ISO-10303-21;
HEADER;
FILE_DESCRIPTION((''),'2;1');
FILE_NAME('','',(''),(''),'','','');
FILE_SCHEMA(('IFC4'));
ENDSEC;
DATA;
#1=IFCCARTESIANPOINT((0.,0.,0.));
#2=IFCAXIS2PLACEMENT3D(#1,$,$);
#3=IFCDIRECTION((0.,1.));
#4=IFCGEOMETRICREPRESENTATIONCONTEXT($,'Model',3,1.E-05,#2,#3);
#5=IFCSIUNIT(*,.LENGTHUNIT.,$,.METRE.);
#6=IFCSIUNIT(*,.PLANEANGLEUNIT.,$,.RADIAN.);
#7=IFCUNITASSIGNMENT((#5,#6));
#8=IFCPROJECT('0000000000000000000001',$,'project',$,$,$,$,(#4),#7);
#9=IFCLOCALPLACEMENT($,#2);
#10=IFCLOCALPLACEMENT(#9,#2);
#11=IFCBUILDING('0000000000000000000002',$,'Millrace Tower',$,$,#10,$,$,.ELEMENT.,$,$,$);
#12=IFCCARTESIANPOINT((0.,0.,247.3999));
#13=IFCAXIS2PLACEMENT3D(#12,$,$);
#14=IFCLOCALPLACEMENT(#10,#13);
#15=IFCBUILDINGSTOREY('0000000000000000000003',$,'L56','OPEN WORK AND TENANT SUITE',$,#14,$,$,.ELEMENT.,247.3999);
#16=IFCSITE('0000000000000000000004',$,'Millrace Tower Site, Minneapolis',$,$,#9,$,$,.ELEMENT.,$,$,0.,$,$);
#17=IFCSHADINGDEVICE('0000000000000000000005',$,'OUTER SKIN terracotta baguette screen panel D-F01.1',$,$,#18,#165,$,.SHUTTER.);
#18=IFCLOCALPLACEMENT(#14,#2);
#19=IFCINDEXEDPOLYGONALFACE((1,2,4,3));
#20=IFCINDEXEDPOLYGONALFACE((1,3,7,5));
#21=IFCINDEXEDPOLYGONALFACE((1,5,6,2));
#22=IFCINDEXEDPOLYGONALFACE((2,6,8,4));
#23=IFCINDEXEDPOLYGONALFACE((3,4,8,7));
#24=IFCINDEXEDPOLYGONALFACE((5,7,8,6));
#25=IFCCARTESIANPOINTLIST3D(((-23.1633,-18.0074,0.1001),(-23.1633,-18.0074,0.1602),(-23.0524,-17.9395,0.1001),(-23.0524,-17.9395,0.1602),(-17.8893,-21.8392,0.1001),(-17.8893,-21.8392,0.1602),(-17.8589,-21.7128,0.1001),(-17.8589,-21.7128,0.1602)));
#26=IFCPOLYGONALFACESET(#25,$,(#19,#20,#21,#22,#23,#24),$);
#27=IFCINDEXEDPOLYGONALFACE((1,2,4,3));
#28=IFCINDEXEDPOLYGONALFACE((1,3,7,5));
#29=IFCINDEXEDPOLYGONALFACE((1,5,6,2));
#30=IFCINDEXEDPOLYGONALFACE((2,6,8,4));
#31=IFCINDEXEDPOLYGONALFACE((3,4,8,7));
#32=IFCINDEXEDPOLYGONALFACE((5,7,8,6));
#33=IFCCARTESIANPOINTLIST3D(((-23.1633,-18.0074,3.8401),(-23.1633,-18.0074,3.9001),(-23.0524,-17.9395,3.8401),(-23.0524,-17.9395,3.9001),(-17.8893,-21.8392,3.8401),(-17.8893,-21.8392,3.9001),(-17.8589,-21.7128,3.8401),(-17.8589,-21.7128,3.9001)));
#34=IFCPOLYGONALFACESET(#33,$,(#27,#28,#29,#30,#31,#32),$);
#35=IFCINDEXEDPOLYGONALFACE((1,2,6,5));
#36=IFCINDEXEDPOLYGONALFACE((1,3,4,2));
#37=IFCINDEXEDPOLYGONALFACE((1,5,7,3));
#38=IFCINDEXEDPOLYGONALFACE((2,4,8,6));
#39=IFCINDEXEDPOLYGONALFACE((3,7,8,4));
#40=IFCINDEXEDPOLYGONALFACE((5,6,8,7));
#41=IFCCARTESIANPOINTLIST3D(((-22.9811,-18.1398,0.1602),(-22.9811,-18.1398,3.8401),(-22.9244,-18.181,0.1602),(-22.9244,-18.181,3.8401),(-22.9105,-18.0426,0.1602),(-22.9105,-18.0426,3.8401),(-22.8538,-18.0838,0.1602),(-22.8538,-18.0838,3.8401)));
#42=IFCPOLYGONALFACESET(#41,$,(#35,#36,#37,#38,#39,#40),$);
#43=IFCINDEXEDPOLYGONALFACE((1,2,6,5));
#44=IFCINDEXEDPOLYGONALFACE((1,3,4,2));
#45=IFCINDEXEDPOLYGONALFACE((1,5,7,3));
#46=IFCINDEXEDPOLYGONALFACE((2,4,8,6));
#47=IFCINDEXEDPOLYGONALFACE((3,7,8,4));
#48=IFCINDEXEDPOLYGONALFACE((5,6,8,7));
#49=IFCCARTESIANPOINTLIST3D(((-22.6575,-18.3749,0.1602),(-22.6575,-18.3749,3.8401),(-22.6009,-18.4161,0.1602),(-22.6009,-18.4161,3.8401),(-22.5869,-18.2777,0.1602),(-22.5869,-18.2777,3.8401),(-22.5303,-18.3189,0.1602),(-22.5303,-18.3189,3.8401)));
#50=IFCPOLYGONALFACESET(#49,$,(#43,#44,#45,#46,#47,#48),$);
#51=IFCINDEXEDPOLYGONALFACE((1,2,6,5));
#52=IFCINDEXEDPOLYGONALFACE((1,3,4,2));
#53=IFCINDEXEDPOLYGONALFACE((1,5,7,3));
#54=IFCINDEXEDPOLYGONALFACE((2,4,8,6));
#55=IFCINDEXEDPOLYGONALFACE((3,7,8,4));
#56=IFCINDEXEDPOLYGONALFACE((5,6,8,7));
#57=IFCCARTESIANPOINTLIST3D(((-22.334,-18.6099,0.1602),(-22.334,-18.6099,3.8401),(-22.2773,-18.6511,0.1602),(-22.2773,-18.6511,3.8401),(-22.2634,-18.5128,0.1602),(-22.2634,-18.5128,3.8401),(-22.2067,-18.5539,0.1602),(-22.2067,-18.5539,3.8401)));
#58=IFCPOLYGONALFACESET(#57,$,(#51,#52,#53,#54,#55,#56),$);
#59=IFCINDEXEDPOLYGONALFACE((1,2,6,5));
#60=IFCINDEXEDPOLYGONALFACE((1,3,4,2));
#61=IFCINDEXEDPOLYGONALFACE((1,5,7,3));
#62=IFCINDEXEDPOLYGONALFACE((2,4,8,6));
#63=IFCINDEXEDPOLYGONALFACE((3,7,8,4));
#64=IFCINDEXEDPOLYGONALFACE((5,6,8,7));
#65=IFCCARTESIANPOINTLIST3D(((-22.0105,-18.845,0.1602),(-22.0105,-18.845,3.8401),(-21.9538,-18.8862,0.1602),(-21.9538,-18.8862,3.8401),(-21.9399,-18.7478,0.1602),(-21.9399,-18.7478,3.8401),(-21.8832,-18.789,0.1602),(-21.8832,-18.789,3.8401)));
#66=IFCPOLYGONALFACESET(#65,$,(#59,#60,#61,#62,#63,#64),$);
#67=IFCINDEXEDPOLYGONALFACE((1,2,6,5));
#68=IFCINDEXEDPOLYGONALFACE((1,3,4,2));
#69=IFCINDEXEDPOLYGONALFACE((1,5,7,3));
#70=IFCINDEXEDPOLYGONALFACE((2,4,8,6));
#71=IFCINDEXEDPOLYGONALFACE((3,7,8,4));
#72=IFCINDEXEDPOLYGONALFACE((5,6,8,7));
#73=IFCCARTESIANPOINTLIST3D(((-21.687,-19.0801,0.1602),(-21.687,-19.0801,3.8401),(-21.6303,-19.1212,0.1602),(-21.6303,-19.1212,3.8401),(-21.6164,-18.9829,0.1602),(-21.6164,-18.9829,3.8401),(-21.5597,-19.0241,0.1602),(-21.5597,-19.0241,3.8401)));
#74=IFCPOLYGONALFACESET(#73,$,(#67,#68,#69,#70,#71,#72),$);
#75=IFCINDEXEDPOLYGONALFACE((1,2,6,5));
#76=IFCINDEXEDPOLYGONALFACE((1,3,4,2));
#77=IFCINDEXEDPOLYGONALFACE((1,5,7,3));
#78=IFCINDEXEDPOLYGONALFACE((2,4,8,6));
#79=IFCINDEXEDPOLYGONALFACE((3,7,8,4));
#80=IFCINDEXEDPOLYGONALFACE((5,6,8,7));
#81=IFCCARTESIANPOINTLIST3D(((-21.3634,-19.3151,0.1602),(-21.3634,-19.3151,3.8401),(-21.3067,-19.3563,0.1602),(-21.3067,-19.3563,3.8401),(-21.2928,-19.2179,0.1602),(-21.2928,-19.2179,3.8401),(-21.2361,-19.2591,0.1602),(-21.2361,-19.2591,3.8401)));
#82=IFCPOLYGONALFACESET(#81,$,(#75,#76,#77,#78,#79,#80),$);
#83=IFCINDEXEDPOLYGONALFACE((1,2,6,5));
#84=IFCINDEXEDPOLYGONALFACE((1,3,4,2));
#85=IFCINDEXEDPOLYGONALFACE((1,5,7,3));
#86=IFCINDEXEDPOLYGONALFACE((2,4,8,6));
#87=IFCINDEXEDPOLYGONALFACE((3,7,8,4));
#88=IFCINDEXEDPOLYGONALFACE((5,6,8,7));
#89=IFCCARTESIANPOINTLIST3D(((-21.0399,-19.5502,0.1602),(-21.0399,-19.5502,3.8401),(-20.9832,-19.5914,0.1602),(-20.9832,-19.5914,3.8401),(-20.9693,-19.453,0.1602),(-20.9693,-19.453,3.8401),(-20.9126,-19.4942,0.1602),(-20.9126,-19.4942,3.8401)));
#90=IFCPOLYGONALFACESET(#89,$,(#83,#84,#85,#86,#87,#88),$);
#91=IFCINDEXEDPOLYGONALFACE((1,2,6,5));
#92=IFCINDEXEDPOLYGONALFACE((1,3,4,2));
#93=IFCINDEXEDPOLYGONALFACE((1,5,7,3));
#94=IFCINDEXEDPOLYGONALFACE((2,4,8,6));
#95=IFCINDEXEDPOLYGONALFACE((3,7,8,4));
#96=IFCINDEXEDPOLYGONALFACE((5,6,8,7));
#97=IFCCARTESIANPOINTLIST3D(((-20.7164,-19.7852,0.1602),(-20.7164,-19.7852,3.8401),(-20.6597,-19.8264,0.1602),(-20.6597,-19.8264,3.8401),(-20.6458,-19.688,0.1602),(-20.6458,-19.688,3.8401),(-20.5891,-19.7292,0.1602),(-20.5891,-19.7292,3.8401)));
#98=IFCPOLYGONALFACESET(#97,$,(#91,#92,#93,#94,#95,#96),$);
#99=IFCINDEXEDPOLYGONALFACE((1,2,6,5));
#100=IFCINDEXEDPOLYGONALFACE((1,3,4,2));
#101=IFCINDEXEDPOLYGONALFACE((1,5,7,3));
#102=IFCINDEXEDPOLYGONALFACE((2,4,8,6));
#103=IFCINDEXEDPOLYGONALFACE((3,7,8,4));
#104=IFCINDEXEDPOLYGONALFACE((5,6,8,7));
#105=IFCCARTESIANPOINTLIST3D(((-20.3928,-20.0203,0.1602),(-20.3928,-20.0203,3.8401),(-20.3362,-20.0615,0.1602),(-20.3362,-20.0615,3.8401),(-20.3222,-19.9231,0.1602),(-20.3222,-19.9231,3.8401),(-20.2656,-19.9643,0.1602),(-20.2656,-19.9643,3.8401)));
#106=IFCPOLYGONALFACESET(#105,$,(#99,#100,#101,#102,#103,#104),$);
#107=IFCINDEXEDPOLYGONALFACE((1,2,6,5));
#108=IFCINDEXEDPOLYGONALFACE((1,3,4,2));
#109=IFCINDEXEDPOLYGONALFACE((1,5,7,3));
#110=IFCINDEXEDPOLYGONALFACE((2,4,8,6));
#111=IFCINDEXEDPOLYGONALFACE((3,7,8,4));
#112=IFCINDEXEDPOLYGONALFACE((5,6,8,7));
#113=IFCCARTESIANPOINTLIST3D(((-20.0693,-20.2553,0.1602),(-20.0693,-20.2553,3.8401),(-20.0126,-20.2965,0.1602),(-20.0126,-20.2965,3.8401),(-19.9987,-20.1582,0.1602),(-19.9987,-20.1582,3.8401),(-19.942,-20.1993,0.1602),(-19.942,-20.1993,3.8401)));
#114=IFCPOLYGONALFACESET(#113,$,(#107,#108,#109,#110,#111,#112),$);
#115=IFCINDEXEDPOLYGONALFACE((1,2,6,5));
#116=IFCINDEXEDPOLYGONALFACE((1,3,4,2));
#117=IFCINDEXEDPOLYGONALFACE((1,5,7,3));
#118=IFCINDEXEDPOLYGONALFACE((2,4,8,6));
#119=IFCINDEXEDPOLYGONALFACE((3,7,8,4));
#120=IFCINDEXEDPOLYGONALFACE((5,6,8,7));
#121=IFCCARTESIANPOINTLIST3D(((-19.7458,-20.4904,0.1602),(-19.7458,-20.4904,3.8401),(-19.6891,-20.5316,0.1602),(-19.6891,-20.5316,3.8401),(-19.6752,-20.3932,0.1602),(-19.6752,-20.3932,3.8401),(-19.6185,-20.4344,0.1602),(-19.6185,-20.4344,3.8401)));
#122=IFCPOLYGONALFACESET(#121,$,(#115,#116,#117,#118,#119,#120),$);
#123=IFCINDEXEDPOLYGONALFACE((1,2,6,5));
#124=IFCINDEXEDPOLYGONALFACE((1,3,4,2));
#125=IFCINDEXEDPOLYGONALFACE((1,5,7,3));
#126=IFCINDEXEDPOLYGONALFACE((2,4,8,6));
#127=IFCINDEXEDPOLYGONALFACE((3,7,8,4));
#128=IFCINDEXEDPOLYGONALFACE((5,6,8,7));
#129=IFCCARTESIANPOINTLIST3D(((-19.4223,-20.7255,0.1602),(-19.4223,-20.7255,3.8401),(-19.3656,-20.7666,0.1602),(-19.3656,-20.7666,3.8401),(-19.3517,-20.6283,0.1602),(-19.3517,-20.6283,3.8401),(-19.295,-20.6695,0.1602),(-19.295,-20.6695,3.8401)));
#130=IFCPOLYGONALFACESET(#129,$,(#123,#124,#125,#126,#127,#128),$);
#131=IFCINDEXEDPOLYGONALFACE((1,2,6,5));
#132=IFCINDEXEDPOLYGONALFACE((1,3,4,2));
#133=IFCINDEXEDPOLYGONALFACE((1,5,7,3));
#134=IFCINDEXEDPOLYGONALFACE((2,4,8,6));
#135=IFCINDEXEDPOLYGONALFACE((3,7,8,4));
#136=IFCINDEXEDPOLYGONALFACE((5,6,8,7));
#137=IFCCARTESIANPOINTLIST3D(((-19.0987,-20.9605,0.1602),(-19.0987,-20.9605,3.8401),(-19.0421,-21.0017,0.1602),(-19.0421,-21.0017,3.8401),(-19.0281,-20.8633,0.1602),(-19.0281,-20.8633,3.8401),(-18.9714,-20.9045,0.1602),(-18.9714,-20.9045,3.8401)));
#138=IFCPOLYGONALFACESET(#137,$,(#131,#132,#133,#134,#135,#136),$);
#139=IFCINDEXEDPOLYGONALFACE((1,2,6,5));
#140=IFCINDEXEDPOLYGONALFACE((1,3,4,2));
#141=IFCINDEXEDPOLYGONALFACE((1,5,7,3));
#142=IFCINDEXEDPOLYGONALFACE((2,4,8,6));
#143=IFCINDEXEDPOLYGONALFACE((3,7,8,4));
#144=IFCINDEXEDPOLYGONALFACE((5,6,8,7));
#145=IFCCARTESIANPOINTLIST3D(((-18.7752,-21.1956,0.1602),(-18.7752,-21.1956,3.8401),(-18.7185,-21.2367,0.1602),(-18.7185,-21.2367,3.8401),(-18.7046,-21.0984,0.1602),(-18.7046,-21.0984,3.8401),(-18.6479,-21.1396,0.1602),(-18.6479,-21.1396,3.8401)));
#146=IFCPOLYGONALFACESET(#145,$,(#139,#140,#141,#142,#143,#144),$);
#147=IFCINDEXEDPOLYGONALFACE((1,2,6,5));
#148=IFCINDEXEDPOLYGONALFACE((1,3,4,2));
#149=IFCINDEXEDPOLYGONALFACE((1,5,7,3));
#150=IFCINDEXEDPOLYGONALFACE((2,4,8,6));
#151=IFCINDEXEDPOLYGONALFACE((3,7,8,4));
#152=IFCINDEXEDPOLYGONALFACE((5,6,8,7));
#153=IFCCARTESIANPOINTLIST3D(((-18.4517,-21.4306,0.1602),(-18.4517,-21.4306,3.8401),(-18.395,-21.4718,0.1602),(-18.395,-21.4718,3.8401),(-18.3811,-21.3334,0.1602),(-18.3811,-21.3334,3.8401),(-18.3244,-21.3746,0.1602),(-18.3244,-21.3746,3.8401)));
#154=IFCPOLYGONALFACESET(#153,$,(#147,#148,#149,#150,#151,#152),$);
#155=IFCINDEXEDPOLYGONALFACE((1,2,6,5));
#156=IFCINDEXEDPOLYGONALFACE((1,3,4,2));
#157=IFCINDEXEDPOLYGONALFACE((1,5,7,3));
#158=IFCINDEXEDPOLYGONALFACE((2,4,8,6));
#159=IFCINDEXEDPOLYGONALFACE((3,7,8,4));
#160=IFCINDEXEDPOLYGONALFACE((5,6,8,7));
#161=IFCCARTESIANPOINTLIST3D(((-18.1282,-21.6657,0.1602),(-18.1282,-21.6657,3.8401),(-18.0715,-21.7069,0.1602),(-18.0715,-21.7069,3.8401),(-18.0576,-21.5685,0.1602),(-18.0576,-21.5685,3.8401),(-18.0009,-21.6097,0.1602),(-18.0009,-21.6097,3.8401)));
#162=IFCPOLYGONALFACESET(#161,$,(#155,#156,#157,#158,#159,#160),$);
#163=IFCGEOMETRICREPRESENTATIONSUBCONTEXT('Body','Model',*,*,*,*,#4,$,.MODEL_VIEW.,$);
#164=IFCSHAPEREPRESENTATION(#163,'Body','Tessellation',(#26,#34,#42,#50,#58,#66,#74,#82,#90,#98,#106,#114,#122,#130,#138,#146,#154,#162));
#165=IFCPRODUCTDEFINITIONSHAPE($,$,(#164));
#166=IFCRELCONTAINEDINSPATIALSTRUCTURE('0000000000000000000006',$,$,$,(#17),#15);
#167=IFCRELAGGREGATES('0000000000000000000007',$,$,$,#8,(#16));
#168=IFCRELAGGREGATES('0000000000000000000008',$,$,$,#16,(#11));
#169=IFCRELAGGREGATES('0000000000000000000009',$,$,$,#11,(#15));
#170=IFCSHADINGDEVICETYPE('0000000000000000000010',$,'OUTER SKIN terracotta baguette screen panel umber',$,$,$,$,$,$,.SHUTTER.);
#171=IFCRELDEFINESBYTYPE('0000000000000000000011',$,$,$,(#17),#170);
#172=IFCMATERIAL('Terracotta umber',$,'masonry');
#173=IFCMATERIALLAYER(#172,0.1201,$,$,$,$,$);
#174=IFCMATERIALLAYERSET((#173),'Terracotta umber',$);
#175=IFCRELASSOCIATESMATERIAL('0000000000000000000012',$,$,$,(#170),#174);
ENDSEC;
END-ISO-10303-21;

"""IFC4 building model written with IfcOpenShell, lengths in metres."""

from ifc_helpers import new_model, entity, si_unit, direction, frame, frame_2d, origin, place, context, subcontext, project, spatial, rectangle, extrude, source, transform, mapped, material, layer, layer_set, type_object, element, save


model = new_model("IFC4")

# Units and contexts
model_context = context("Model", 3, precision=1e-05, world=origin(), true_north=direction((0.0, 1.0)))
body_context = subcontext(model_context, "Body", "Model", "MODEL_VIEW")
ifc_project = project(units=[si_unit("LENGTHUNIT", "METRE"), si_unit("PLANEANGLEUNIT", "RADIAN")], contexts=[model_context])

# Site, building, storey
site_placement = place(None, origin())
site = spatial("IfcSite", under=ifc_project, at=site_placement, Name="Millrace Tower Site, Minneapolis", CompositionType="ELEMENT", RefElevation=0.0)
building_placement = place(site_placement, origin())
building = spatial("IfcBuilding", under=site, at=building_placement, Name="Millrace Tower", CompositionType="ELEMENT")
storey_placement = place(building_placement, frame((0.0, 0.0, 247.3999)))
storey = spatial("IfcBuildingStorey", under=building, at=storey_placement, Name="L56", Description="OPEN WORK AND TENANT SUITE", CompositionType="ELEMENT", Elevation=247.3999)

# Shading device
ifc_material_1 = material(Name="Terracotta umber", Category="masonry")
ifc_layer_1 = layer(ifc_material_1, 0.1201)
ifc_layer_set_1 = layer_set([ifc_layer_1], Name="Terracotta umber")
shading_device_type = type_object("IfcShadingDeviceType", Name="OUTER SKIN terracotta baguette screen panel umber", PredefinedType="SHUTTER", material=ifc_layer_set_1)
cartesian_point_1 = entity("IfcCartesianPoint", [-3.2097, 0.0601])
shared_polyline_1 = entity("IfcPolyline", [cartesian_point_1, entity("IfcCartesianPoint", [3.2097, 0.0601]), entity("IfcCartesianPoint", [3.2595, -0.0601]), entity("IfcCartesianPoint", [-3.2595, -0.0601]), cartesian_point_1])
shared_shape_1 = source(origin(), body_context, "Body", "SweptSolid", [
    entity("IfcExtrudedAreaSolid", entity("IfcArbitraryClosedProfileDef", "AREA", None, shared_polyline_1), entity("IfcAxis2Placement3D", entity("IfcCartesianPoint", [0.0, 0.0, 0.0])), entity("IfcDirection", [0.0, 0.0, 1.0]), 0.0601),
    entity("IfcExtrudedAreaSolid", entity("IfcArbitraryClosedProfileDef", "AREA", None, shared_polyline_1), entity("IfcAxis2Placement3D", entity("IfcCartesianPoint", [0.0, 0.0, 3.74])), entity("IfcDirection", [0.0, 0.0, 1.0]), 0.0601),
    extrude(rectangle(XDim=0.0701, YDim=0.1201, at=frame_2d((-2.9993, 0.0))), frame((0.0, 0.0, 0.0601)), (0.0, 0.0, 1.0), 3.6799),
    extrude(rectangle(XDim=0.0701, YDim=0.1201, at=frame_2d((-2.5994, 0.0))), frame((0.0, 0.0, 0.0601)), (0.0, 0.0, 1.0), 3.6799),
    extrude(rectangle(XDim=0.0701, YDim=0.1201, at=frame_2d((-2.1995, 0.0))), frame((0.0, 0.0, 0.0601)), (0.0, 0.0, 1.0), 3.6799),
    extrude(rectangle(XDim=0.0701, YDim=0.1201, at=frame_2d((-1.7996, 0.0))), frame((0.0, 0.0, 0.0601)), (0.0, 0.0, 1.0), 3.6799),
    extrude(rectangle(XDim=0.0701, YDim=0.1201, at=frame_2d((-1.3997, 0.0))), frame((0.0, 0.0, 0.0601)), (0.0, 0.0, 1.0), 3.6799),
    extrude(rectangle(XDim=0.0701, YDim=0.1201, at=frame_2d((-0.9998, 0.0))), frame((0.0, 0.0, 0.0601)), (0.0, 0.0, 1.0), 3.6799),
    extrude(rectangle(XDim=0.0701, YDim=0.1201, at=frame_2d((-0.5999, 0.0))), frame((0.0, 0.0, 0.0601)), (0.0, 0.0, 1.0), 3.6799),
    extrude(rectangle(XDim=0.0701, YDim=0.1201, at=frame_2d((-0.2, 0.0))), frame((0.0, 0.0, 0.0601)), (0.0, 0.0, 1.0), 3.6799),
    extrude(rectangle(XDim=0.0701, YDim=0.1201, at=frame_2d((0.2, 0.0))), frame((0.0, 0.0, 0.0601)), (0.0, 0.0, 1.0), 3.6799),
    extrude(rectangle(XDim=0.0701, YDim=0.1201, at=frame_2d((0.5999, 0.0))), frame((0.0, 0.0, 0.0601)), (0.0, 0.0, 1.0), 3.6799),
    extrude(rectangle(XDim=0.0701, YDim=0.1201, at=frame_2d((0.9998, 0.0))), frame((0.0, 0.0, 0.0601)), (0.0, 0.0, 1.0), 3.6799),
    extrude(rectangle(XDim=0.0701, YDim=0.1201, at=frame_2d((1.3997, 0.0))), frame((0.0, 0.0, 0.0601)), (0.0, 0.0, 1.0), 3.6799),
    extrude(rectangle(XDim=0.0701, YDim=0.1201, at=frame_2d((1.7996, 0.0))), frame((0.0, 0.0, 0.0601)), (0.0, 0.0, 1.0), 3.6799),
    extrude(rectangle(XDim=0.0701, YDim=0.1201, at=frame_2d((2.1995, 0.0))), frame((0.0, 0.0, 0.0601)), (0.0, 0.0, 1.0), 3.6799),
    extrude(rectangle(XDim=0.0701, YDim=0.1201, at=frame_2d((2.5994, 0.0))), frame((0.0, 0.0, 0.0601)), (0.0, 0.0, 1.0), 3.6799),
    extrude(rectangle(XDim=0.0701, YDim=0.1201, at=frame_2d((2.9993, 0.0))), frame((0.0, 0.0, 0.0601)), (0.0, 0.0, 1.0), 3.6799),
])
shading_device_1_placement = place(storey_placement, frame((-20.491, -19.8748, 0.1001), z_axis=(0.0, 0.0, 1.0), x_axis=(0.809017, -0.587785, 0.0)))
element("IfcShadingDevice", 1, at=shading_device_1_placement, inside=storey, type_object=shading_device_type, Name="OUTER SKIN terracotta baguette screen panel D-F01.1", PredefinedType="SHUTTER", context=body_context, shape_type="MappedRepresentation", body=[
    mapped(shared_shape_1, transform((0.0, 0.0, 0.0), scale=1.0)),
])

save(model, "model.ifc")
